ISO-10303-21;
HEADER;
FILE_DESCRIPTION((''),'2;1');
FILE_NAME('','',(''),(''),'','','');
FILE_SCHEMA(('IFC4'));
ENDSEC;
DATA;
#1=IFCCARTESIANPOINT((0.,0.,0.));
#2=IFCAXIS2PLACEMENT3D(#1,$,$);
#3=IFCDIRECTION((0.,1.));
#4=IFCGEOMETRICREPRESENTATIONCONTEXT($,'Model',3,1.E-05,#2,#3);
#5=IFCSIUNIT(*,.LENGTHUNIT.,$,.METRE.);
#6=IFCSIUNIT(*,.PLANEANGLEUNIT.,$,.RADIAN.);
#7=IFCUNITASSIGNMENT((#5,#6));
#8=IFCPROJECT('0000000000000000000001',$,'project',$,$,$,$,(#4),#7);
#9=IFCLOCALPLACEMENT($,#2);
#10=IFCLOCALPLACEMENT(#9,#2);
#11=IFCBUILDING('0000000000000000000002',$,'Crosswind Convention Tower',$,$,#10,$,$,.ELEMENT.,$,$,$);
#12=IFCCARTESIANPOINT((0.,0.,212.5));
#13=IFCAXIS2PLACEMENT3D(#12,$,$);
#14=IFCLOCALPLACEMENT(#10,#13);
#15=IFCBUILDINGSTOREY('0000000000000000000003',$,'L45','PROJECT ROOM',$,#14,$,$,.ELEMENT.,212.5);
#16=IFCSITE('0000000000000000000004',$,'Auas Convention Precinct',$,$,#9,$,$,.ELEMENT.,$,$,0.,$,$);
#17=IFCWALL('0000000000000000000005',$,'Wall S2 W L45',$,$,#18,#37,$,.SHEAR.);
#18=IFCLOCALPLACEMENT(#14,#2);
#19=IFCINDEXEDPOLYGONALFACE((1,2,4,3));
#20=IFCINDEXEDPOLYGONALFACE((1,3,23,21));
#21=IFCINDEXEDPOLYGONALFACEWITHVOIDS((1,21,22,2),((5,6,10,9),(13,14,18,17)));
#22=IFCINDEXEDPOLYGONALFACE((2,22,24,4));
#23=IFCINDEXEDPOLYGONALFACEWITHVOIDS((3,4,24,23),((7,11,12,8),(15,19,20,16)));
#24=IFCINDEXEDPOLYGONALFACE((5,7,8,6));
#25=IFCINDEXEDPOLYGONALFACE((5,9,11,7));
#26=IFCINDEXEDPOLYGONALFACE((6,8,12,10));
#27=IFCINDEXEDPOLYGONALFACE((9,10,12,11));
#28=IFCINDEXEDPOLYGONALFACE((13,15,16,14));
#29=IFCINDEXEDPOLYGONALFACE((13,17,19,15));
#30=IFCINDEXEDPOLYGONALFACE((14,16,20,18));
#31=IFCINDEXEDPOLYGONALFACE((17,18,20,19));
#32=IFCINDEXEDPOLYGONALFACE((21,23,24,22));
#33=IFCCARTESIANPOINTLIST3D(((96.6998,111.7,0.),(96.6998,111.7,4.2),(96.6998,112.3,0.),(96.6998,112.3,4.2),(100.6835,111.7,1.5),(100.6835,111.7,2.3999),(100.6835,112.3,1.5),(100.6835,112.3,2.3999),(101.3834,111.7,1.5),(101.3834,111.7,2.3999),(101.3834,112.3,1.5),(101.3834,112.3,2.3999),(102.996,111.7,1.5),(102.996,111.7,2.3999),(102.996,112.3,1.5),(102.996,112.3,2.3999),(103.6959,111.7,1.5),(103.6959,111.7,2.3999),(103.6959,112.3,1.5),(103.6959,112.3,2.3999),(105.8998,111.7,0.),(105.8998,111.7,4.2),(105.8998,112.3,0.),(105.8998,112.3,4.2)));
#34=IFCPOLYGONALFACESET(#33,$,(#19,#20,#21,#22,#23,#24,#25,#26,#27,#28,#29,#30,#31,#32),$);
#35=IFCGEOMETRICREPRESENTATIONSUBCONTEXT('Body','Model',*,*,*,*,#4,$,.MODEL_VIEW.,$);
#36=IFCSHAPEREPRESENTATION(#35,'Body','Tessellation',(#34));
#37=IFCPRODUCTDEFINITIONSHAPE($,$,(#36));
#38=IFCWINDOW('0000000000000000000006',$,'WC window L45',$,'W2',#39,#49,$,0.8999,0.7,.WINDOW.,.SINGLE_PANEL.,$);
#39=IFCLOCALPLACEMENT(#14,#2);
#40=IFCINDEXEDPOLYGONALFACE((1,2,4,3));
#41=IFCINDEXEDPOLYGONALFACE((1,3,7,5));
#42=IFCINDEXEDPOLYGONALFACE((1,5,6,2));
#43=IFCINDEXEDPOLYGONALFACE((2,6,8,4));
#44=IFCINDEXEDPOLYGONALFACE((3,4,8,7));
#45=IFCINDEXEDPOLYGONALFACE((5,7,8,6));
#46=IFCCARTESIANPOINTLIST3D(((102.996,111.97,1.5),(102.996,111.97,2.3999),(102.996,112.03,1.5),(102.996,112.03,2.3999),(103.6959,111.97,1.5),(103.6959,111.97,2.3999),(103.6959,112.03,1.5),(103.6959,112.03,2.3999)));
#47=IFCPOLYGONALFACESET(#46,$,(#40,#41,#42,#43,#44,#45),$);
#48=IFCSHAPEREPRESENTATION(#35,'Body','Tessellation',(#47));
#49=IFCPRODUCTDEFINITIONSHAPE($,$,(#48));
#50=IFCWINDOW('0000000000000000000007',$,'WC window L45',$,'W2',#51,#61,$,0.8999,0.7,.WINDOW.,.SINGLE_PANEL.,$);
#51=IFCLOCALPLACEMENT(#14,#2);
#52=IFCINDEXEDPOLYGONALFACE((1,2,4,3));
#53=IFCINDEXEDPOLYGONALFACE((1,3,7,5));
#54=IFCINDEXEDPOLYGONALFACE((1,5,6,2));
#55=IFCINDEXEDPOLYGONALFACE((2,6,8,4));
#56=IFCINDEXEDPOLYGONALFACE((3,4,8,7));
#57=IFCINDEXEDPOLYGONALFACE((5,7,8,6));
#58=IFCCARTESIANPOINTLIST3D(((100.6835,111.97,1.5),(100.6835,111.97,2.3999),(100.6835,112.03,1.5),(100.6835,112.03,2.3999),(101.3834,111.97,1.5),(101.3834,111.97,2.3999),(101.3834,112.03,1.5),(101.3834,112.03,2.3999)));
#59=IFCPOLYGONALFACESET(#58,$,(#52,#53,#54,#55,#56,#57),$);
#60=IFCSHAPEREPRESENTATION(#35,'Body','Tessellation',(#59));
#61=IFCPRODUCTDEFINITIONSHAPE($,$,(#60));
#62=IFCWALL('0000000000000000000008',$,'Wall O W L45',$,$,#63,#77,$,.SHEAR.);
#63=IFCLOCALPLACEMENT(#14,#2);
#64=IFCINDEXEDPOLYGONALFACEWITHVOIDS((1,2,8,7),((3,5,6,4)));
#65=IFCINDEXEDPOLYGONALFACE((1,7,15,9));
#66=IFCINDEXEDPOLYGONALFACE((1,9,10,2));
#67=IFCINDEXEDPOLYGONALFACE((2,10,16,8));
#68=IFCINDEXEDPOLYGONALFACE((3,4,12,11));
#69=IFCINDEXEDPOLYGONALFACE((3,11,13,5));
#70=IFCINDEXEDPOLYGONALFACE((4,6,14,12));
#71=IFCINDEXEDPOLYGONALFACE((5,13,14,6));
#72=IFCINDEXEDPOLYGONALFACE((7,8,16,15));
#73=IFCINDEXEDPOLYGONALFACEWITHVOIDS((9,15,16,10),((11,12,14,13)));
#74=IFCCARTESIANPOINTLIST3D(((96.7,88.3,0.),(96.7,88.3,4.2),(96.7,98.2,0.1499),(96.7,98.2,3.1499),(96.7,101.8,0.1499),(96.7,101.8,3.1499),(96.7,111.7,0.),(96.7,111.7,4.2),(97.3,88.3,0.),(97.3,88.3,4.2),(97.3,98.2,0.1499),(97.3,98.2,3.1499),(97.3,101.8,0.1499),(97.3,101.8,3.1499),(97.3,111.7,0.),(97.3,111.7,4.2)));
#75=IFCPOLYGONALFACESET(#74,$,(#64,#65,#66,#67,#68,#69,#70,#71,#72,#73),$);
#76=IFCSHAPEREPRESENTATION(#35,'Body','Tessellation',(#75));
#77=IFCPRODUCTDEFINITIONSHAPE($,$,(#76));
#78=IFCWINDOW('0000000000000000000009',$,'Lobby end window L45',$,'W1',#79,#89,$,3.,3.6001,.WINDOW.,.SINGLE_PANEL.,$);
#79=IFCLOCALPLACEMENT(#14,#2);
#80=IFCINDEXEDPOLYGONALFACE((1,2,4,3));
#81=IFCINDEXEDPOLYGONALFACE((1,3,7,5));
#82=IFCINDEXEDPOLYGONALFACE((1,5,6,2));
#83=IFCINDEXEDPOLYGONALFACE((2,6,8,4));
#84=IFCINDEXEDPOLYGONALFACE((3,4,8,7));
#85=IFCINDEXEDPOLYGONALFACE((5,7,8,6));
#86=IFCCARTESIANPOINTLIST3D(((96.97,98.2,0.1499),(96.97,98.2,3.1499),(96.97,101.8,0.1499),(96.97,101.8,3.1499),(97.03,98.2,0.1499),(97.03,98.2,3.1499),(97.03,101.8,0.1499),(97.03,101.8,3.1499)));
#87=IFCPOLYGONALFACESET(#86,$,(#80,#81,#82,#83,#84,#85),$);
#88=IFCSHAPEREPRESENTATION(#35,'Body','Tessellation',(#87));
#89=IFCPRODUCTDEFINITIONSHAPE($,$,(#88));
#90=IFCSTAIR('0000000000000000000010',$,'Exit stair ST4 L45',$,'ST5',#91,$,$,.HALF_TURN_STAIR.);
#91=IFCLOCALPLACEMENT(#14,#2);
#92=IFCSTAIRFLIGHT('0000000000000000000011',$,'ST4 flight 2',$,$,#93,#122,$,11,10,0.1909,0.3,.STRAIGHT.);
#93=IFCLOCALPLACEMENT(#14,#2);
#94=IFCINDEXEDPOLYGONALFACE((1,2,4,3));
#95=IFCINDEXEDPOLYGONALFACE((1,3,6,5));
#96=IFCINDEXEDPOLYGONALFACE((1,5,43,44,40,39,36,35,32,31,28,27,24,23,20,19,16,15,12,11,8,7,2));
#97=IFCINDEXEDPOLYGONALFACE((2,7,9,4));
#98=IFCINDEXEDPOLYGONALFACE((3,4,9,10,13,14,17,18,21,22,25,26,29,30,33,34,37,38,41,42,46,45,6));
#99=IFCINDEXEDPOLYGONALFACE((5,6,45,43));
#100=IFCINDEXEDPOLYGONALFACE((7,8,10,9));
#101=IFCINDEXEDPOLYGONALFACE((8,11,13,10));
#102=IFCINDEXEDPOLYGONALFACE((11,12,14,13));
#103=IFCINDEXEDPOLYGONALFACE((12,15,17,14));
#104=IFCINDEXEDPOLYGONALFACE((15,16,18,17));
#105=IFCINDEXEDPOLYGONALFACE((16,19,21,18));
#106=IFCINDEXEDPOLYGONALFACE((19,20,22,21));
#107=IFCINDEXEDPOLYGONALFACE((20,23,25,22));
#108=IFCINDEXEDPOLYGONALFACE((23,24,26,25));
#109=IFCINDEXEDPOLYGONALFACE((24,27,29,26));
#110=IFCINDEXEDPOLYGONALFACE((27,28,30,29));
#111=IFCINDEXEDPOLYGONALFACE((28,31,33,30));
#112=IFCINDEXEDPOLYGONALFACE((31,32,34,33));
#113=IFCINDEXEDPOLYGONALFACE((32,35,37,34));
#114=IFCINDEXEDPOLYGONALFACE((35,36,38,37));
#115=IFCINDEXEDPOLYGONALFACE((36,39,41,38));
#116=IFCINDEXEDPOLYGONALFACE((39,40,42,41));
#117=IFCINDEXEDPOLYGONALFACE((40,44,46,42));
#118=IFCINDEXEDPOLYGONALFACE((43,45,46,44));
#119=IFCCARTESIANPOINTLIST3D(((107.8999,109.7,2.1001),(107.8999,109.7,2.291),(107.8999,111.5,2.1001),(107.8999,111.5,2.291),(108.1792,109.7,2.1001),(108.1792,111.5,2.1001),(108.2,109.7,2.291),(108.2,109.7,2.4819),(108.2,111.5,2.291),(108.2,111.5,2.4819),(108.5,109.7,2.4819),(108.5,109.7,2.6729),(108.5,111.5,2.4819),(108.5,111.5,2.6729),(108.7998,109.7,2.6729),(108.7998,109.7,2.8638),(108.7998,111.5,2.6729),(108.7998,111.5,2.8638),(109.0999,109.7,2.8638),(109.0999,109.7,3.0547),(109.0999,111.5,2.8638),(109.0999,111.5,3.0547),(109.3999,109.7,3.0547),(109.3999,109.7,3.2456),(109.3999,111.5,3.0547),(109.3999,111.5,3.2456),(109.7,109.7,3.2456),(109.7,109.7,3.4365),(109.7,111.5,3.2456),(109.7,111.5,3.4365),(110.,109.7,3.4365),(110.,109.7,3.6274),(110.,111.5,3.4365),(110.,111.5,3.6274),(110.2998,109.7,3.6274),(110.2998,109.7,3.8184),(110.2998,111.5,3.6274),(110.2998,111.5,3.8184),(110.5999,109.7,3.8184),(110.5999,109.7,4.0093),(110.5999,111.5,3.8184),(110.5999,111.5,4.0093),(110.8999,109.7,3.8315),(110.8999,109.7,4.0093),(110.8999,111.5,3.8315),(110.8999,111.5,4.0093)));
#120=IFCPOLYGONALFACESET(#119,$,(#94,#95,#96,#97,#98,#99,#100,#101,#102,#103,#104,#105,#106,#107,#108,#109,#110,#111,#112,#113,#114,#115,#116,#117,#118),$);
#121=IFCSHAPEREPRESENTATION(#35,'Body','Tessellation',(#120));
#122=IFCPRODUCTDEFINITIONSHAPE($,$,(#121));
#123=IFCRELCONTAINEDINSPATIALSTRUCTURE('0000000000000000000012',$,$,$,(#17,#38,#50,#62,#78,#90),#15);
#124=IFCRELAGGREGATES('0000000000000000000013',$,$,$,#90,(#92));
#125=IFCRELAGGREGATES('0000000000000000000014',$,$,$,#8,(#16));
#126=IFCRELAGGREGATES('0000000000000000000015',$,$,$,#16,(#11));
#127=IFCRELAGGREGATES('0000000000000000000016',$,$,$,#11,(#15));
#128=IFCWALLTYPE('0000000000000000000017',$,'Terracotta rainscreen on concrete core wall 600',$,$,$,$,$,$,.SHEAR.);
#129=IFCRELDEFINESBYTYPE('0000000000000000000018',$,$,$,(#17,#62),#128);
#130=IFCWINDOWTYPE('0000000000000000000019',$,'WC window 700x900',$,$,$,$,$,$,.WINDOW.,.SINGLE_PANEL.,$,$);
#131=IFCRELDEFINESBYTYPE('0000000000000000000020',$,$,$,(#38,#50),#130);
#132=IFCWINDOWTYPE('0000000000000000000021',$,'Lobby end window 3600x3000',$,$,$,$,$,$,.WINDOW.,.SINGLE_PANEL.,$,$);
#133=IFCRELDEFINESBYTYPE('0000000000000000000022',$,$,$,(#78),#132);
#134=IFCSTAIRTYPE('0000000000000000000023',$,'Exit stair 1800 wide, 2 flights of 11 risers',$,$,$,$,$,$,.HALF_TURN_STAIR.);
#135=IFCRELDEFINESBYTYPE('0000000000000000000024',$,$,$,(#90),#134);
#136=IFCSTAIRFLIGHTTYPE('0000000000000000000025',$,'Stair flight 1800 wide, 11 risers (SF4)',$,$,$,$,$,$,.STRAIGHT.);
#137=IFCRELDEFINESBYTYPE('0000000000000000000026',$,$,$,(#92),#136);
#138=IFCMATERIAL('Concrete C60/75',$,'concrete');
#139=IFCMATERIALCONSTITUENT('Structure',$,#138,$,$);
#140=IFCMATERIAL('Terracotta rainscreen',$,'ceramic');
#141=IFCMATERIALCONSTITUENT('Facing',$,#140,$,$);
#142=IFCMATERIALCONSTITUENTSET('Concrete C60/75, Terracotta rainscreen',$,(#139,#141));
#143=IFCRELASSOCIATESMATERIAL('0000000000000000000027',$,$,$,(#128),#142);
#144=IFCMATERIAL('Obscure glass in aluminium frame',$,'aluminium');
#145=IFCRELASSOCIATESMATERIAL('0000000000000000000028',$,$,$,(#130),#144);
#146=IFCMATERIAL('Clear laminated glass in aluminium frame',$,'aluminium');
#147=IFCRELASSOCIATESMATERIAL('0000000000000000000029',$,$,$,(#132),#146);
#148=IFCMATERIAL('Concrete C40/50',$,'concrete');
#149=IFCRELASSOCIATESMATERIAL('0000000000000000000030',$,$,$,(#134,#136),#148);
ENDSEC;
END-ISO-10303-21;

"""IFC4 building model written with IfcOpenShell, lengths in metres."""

from ifc_helpers import new_model, si_unit, direction, frame, frame_2d, origin, place, context, subcontext, project, spatial, polyline, rectangle, outline, extrude, material, constituent, constituent_set, type_object, element, fill, aggregate, save


model = new_model("IFC4")

# Units and contexts
model_context = context("Model", 3, precision=1e-05, world=origin(), true_north=direction((0.0, 1.0)))
body_context = subcontext(model_context, "Body", "Model", "MODEL_VIEW")
ifc_project = project(units=[si_unit("LENGTHUNIT", "METRE"), si_unit("PLANEANGLEUNIT", "RADIAN")], contexts=[model_context])

# Site, building, storey
site_placement = place(None, origin())
site = spatial("IfcSite", under=ifc_project, at=site_placement, Name="Auas Convention Precinct", CompositionType="ELEMENT", RefElevation=0.0)
building_placement = place(site_placement, origin())
building = spatial("IfcBuilding", under=site, at=building_placement, Name="Crosswind Convention Tower", CompositionType="ELEMENT")
storey_placement = place(building_placement, frame((0.0, 0.0, 212.5)))
storey = spatial("IfcBuildingStorey", under=building, at=storey_placement, Name="L45", Description="PROJECT ROOM", CompositionType="ELEMENT", Elevation=212.5)

# Wall, openings, windows
ifc_material_1 = material(Name="Concrete C60/75", Category="concrete")
ifc_constituent_1 = constituent(ifc_material_1, Name="Structure")
ifc_material_2 = material(Name="Terracotta rainscreen", Category="ceramic")
ifc_constituent_2 = constituent(ifc_material_2, Name="Facing")
ifc_constituent_set = constituent_set(constituents=[ifc_constituent_1, ifc_constituent_2], Name="Concrete C60/75, Terracotta rainscreen")
wall_type_1 = type_object("IfcWallType", Name="Terracotta rainscreen on concrete core wall 600", PredefinedType="SHEAR", material=ifc_constituent_set)
wall_1_placement = place(storey_placement, frame((105.8999, 112.0, 0.0), z_axis=(0.0, 0.0, 1.0), x_axis=(-1.0, 0.0, 0.0)))
wall_1 = element("IfcWall", 1, at=wall_1_placement, inside=storey, type_object=wall_type_1, Name="Wall S2 W L45", PredefinedType="SHEAR", context=body_context, shape_type="SweptSolid", body=[
    extrude(rectangle(XDim=9.2, YDim=0.6001, at=frame_2d((4.6001, 0.0))), origin(), (0.0, 0.0, 1.0), 4.2),
])
opening_1_placement = place(wall_1_placement, frame((2.2039, 0.0, 1.5)))
opening_1 = element("IfcOpeningElement", 2, at=opening_1_placement, cuts=wall_1, PredefinedType="OPENING", context=body_context, shape_type="SweptSolid", body=[
    extrude(rectangle(XDim=0.7, YDim=0.8999, at=frame_2d((0.3501, 0.45))), frame((0.0, 0.3101, 0.0), z_axis=(0.0, -1.0, 0.0), x_axis=(1.0, 0.0, 0.0)), (0.0, 0.0, 1.0), 0.6201),
])
opening_2_placement = place(wall_1_placement, frame((4.5164, 0.0, 1.5)))
opening_2 = element("IfcOpeningElement", 3, at=opening_2_placement, cuts=wall_1, PredefinedType="OPENING", context=body_context, shape_type="SweptSolid", body=[
    extrude(rectangle(XDim=0.7, YDim=0.8999, at=frame_2d((0.3501, 0.45))), frame((0.0, 0.3101, 0.0), z_axis=(0.0, -1.0, 0.0), x_axis=(1.0, 0.0, 0.0)), (0.0, 0.0, 1.0), 0.6201),
])
ifc_material_3 = material(Name="Obscure glass in aluminium frame", Category="aluminium")
window_type_1 = type_object("IfcWindowType", Name="WC window 700x900", PartitioningType="SINGLE_PANEL", PredefinedType="WINDOW", material=ifc_material_3)
window_1_placement = place(opening_1_placement, origin())
window_1 = element("IfcWindow", 4, at=window_1_placement, inside=storey, type_object=window_type_1, Name="WC window L45", ObjectType="W2", OverallHeight=0.8999, OverallWidth=0.7, PartitioningType="SINGLE_PANEL", PredefinedType="WINDOW", context=body_context, shape_type="SweptSolid", body=[
    extrude(rectangle(XDim=0.7, YDim=0.8999, at=frame_2d((0.3501, 0.45))), frame((0.0, 0.03, 0.0), z_axis=(0.0, -1.0, 0.0), x_axis=(1.0, 0.0, 0.0)), (0.0, 0.0, 1.0), 0.0601),
])
fill(opening_1, window_1)
window_2_placement = place(opening_2_placement, origin())
window_2 = element("IfcWindow", 5, at=window_2_placement, inside=storey, type_object=window_type_1, Name="WC window L45", ObjectType="W2", OverallHeight=0.8999, OverallWidth=0.7, PartitioningType="SINGLE_PANEL", PredefinedType="WINDOW", context=body_context, shape_type="SweptSolid", body=[
    extrude(rectangle(XDim=0.7, YDim=0.8999, at=frame_2d((0.3501, 0.45))), frame((0.0, 0.03, 0.0), z_axis=(0.0, -1.0, 0.0), x_axis=(1.0, 0.0, 0.0)), (0.0, 0.0, 1.0), 0.0601),
])
fill(opening_2, window_2)

# Wall, opening, window
wall_2_placement = place(storey_placement, frame((97.0, 111.7, 0.0), z_axis=(0.0, 0.0, 1.0), x_axis=(0.0, -1.0, 0.0)))
wall_2 = element("IfcWall", 6, at=wall_2_placement, inside=storey, type_object=wall_type_1, Name="Wall O W L45", PredefinedType="SHEAR", context=body_context, shape_type="SweptSolid", body=[
    extrude(rectangle(XDim=23.3999, YDim=0.6001, at=frame_2d((11.7, 0.0))), origin(), (0.0, 0.0, 1.0), 4.2),
])
opening_3_placement = place(wall_2_placement, frame((9.8999, 0.0, 0.1499)))
opening_3 = element("IfcOpeningElement", 7, at=opening_3_placement, cuts=wall_2, PredefinedType="OPENING", context=body_context, shape_type="SweptSolid", body=[
    extrude(rectangle(XDim=3.6001, YDim=3.0, at=frame_2d((1.8, 1.5))), frame((0.0, 0.3101, 0.0), z_axis=(0.0, -1.0, 0.0), x_axis=(1.0, 0.0, 0.0)), (0.0, 0.0, 1.0), 0.6201),
])
ifc_material_4 = material(Name="Clear laminated glass in aluminium frame", Category="aluminium")
window_type_2 = type_object("IfcWindowType", Name="Lobby end window 3600x3000", PartitioningType="SINGLE_PANEL", PredefinedType="WINDOW", material=ifc_material_4)
window_3_placement = place(opening_3_placement, origin())
window_3 = element("IfcWindow", 8, at=window_3_placement, inside=storey, type_object=window_type_2, Name="Lobby end window L45", ObjectType="W1", OverallHeight=3.0, OverallWidth=3.6001, PartitioningType="SINGLE_PANEL", PredefinedType="WINDOW", context=body_context, shape_type="SweptSolid", body=[
    extrude(rectangle(XDim=3.6001, YDim=3.0, at=frame_2d((1.8, 1.5))), frame((0.0, 0.03, 0.0), z_axis=(0.0, -1.0, 0.0), x_axis=(1.0, 0.0, 0.0)), (0.0, 0.0, 1.0), 0.0601),
])
fill(opening_3, window_3)

# Stair, stair flight
ifc_material_5 = material(Name="Concrete C40/50", Category="concrete")
stair_type = type_object("IfcStairType", Name="Exit stair 1800 wide, 2 flights of 11 risers", PredefinedType="HALF_TURN_STAIR", material=ifc_material_5)
stair_placement = place(storey_placement, origin())
stair = element("IfcStair", 9, at=stair_placement, inside=storey, type_object=stair_type, Name="Exit stair ST4 L45", ObjectType="ST5", PredefinedType="HALF_TURN_STAIR")
stair_flight_type = type_object("IfcStairFlightType", Name="Stair flight 1800 wide, 11 risers (SF4)", PredefinedType="STRAIGHT", material=ifc_material_5)
stair_flight_placement = place(storey_placement, frame((107.8999, 110.6001, 2.1001), z_axis=(0.0, 0.0, 1.0), x_axis=(1.0, 0.0, 0.0)))
stair_flight = element("IfcStairFlight", 10, at=stair_flight_placement, type_object=stair_flight_type, Name="ST4 flight 2", NumberOfRisers=11, NumberOfTreads=10, PredefinedType="STRAIGHT", RiserHeight=0.1909, TreadLength=0.3, context=body_context, shape_type="SweptSolid", body=[
    extrude(outline(polyline([(0.0, 0.0), (0.0, 0.1909), (0.3, 0.1909), (0.3, 0.3818), (0.6001, 0.3818), (0.6001, 0.5728), (0.8999, 0.5728), (0.8999, 0.7637), (1.2, 0.7637), (1.2, 0.9546), (1.5, 0.9546), (1.5, 1.1455), (1.8, 1.1455), (1.8, 1.3364), (2.1001, 1.3364), (2.1001, 1.5273), (2.3999, 1.5273), (2.3999, 1.7183), (2.7, 1.7183), (2.7, 1.9092), (3.0, 1.9092), (3.0, 2.1001), (3.0, 1.7314), (0.2793, 0.0), (0.0, 0.0)])), frame((0.0, 0.8999, 0.0), z_axis=(0.0, -1.0, 0.0), x_axis=(1.0, 0.0, 0.0)), (0.0, 0.0, 1.0), 1.8),
])
aggregate(stair, [stair_flight])

save(model, "model.ifc")
